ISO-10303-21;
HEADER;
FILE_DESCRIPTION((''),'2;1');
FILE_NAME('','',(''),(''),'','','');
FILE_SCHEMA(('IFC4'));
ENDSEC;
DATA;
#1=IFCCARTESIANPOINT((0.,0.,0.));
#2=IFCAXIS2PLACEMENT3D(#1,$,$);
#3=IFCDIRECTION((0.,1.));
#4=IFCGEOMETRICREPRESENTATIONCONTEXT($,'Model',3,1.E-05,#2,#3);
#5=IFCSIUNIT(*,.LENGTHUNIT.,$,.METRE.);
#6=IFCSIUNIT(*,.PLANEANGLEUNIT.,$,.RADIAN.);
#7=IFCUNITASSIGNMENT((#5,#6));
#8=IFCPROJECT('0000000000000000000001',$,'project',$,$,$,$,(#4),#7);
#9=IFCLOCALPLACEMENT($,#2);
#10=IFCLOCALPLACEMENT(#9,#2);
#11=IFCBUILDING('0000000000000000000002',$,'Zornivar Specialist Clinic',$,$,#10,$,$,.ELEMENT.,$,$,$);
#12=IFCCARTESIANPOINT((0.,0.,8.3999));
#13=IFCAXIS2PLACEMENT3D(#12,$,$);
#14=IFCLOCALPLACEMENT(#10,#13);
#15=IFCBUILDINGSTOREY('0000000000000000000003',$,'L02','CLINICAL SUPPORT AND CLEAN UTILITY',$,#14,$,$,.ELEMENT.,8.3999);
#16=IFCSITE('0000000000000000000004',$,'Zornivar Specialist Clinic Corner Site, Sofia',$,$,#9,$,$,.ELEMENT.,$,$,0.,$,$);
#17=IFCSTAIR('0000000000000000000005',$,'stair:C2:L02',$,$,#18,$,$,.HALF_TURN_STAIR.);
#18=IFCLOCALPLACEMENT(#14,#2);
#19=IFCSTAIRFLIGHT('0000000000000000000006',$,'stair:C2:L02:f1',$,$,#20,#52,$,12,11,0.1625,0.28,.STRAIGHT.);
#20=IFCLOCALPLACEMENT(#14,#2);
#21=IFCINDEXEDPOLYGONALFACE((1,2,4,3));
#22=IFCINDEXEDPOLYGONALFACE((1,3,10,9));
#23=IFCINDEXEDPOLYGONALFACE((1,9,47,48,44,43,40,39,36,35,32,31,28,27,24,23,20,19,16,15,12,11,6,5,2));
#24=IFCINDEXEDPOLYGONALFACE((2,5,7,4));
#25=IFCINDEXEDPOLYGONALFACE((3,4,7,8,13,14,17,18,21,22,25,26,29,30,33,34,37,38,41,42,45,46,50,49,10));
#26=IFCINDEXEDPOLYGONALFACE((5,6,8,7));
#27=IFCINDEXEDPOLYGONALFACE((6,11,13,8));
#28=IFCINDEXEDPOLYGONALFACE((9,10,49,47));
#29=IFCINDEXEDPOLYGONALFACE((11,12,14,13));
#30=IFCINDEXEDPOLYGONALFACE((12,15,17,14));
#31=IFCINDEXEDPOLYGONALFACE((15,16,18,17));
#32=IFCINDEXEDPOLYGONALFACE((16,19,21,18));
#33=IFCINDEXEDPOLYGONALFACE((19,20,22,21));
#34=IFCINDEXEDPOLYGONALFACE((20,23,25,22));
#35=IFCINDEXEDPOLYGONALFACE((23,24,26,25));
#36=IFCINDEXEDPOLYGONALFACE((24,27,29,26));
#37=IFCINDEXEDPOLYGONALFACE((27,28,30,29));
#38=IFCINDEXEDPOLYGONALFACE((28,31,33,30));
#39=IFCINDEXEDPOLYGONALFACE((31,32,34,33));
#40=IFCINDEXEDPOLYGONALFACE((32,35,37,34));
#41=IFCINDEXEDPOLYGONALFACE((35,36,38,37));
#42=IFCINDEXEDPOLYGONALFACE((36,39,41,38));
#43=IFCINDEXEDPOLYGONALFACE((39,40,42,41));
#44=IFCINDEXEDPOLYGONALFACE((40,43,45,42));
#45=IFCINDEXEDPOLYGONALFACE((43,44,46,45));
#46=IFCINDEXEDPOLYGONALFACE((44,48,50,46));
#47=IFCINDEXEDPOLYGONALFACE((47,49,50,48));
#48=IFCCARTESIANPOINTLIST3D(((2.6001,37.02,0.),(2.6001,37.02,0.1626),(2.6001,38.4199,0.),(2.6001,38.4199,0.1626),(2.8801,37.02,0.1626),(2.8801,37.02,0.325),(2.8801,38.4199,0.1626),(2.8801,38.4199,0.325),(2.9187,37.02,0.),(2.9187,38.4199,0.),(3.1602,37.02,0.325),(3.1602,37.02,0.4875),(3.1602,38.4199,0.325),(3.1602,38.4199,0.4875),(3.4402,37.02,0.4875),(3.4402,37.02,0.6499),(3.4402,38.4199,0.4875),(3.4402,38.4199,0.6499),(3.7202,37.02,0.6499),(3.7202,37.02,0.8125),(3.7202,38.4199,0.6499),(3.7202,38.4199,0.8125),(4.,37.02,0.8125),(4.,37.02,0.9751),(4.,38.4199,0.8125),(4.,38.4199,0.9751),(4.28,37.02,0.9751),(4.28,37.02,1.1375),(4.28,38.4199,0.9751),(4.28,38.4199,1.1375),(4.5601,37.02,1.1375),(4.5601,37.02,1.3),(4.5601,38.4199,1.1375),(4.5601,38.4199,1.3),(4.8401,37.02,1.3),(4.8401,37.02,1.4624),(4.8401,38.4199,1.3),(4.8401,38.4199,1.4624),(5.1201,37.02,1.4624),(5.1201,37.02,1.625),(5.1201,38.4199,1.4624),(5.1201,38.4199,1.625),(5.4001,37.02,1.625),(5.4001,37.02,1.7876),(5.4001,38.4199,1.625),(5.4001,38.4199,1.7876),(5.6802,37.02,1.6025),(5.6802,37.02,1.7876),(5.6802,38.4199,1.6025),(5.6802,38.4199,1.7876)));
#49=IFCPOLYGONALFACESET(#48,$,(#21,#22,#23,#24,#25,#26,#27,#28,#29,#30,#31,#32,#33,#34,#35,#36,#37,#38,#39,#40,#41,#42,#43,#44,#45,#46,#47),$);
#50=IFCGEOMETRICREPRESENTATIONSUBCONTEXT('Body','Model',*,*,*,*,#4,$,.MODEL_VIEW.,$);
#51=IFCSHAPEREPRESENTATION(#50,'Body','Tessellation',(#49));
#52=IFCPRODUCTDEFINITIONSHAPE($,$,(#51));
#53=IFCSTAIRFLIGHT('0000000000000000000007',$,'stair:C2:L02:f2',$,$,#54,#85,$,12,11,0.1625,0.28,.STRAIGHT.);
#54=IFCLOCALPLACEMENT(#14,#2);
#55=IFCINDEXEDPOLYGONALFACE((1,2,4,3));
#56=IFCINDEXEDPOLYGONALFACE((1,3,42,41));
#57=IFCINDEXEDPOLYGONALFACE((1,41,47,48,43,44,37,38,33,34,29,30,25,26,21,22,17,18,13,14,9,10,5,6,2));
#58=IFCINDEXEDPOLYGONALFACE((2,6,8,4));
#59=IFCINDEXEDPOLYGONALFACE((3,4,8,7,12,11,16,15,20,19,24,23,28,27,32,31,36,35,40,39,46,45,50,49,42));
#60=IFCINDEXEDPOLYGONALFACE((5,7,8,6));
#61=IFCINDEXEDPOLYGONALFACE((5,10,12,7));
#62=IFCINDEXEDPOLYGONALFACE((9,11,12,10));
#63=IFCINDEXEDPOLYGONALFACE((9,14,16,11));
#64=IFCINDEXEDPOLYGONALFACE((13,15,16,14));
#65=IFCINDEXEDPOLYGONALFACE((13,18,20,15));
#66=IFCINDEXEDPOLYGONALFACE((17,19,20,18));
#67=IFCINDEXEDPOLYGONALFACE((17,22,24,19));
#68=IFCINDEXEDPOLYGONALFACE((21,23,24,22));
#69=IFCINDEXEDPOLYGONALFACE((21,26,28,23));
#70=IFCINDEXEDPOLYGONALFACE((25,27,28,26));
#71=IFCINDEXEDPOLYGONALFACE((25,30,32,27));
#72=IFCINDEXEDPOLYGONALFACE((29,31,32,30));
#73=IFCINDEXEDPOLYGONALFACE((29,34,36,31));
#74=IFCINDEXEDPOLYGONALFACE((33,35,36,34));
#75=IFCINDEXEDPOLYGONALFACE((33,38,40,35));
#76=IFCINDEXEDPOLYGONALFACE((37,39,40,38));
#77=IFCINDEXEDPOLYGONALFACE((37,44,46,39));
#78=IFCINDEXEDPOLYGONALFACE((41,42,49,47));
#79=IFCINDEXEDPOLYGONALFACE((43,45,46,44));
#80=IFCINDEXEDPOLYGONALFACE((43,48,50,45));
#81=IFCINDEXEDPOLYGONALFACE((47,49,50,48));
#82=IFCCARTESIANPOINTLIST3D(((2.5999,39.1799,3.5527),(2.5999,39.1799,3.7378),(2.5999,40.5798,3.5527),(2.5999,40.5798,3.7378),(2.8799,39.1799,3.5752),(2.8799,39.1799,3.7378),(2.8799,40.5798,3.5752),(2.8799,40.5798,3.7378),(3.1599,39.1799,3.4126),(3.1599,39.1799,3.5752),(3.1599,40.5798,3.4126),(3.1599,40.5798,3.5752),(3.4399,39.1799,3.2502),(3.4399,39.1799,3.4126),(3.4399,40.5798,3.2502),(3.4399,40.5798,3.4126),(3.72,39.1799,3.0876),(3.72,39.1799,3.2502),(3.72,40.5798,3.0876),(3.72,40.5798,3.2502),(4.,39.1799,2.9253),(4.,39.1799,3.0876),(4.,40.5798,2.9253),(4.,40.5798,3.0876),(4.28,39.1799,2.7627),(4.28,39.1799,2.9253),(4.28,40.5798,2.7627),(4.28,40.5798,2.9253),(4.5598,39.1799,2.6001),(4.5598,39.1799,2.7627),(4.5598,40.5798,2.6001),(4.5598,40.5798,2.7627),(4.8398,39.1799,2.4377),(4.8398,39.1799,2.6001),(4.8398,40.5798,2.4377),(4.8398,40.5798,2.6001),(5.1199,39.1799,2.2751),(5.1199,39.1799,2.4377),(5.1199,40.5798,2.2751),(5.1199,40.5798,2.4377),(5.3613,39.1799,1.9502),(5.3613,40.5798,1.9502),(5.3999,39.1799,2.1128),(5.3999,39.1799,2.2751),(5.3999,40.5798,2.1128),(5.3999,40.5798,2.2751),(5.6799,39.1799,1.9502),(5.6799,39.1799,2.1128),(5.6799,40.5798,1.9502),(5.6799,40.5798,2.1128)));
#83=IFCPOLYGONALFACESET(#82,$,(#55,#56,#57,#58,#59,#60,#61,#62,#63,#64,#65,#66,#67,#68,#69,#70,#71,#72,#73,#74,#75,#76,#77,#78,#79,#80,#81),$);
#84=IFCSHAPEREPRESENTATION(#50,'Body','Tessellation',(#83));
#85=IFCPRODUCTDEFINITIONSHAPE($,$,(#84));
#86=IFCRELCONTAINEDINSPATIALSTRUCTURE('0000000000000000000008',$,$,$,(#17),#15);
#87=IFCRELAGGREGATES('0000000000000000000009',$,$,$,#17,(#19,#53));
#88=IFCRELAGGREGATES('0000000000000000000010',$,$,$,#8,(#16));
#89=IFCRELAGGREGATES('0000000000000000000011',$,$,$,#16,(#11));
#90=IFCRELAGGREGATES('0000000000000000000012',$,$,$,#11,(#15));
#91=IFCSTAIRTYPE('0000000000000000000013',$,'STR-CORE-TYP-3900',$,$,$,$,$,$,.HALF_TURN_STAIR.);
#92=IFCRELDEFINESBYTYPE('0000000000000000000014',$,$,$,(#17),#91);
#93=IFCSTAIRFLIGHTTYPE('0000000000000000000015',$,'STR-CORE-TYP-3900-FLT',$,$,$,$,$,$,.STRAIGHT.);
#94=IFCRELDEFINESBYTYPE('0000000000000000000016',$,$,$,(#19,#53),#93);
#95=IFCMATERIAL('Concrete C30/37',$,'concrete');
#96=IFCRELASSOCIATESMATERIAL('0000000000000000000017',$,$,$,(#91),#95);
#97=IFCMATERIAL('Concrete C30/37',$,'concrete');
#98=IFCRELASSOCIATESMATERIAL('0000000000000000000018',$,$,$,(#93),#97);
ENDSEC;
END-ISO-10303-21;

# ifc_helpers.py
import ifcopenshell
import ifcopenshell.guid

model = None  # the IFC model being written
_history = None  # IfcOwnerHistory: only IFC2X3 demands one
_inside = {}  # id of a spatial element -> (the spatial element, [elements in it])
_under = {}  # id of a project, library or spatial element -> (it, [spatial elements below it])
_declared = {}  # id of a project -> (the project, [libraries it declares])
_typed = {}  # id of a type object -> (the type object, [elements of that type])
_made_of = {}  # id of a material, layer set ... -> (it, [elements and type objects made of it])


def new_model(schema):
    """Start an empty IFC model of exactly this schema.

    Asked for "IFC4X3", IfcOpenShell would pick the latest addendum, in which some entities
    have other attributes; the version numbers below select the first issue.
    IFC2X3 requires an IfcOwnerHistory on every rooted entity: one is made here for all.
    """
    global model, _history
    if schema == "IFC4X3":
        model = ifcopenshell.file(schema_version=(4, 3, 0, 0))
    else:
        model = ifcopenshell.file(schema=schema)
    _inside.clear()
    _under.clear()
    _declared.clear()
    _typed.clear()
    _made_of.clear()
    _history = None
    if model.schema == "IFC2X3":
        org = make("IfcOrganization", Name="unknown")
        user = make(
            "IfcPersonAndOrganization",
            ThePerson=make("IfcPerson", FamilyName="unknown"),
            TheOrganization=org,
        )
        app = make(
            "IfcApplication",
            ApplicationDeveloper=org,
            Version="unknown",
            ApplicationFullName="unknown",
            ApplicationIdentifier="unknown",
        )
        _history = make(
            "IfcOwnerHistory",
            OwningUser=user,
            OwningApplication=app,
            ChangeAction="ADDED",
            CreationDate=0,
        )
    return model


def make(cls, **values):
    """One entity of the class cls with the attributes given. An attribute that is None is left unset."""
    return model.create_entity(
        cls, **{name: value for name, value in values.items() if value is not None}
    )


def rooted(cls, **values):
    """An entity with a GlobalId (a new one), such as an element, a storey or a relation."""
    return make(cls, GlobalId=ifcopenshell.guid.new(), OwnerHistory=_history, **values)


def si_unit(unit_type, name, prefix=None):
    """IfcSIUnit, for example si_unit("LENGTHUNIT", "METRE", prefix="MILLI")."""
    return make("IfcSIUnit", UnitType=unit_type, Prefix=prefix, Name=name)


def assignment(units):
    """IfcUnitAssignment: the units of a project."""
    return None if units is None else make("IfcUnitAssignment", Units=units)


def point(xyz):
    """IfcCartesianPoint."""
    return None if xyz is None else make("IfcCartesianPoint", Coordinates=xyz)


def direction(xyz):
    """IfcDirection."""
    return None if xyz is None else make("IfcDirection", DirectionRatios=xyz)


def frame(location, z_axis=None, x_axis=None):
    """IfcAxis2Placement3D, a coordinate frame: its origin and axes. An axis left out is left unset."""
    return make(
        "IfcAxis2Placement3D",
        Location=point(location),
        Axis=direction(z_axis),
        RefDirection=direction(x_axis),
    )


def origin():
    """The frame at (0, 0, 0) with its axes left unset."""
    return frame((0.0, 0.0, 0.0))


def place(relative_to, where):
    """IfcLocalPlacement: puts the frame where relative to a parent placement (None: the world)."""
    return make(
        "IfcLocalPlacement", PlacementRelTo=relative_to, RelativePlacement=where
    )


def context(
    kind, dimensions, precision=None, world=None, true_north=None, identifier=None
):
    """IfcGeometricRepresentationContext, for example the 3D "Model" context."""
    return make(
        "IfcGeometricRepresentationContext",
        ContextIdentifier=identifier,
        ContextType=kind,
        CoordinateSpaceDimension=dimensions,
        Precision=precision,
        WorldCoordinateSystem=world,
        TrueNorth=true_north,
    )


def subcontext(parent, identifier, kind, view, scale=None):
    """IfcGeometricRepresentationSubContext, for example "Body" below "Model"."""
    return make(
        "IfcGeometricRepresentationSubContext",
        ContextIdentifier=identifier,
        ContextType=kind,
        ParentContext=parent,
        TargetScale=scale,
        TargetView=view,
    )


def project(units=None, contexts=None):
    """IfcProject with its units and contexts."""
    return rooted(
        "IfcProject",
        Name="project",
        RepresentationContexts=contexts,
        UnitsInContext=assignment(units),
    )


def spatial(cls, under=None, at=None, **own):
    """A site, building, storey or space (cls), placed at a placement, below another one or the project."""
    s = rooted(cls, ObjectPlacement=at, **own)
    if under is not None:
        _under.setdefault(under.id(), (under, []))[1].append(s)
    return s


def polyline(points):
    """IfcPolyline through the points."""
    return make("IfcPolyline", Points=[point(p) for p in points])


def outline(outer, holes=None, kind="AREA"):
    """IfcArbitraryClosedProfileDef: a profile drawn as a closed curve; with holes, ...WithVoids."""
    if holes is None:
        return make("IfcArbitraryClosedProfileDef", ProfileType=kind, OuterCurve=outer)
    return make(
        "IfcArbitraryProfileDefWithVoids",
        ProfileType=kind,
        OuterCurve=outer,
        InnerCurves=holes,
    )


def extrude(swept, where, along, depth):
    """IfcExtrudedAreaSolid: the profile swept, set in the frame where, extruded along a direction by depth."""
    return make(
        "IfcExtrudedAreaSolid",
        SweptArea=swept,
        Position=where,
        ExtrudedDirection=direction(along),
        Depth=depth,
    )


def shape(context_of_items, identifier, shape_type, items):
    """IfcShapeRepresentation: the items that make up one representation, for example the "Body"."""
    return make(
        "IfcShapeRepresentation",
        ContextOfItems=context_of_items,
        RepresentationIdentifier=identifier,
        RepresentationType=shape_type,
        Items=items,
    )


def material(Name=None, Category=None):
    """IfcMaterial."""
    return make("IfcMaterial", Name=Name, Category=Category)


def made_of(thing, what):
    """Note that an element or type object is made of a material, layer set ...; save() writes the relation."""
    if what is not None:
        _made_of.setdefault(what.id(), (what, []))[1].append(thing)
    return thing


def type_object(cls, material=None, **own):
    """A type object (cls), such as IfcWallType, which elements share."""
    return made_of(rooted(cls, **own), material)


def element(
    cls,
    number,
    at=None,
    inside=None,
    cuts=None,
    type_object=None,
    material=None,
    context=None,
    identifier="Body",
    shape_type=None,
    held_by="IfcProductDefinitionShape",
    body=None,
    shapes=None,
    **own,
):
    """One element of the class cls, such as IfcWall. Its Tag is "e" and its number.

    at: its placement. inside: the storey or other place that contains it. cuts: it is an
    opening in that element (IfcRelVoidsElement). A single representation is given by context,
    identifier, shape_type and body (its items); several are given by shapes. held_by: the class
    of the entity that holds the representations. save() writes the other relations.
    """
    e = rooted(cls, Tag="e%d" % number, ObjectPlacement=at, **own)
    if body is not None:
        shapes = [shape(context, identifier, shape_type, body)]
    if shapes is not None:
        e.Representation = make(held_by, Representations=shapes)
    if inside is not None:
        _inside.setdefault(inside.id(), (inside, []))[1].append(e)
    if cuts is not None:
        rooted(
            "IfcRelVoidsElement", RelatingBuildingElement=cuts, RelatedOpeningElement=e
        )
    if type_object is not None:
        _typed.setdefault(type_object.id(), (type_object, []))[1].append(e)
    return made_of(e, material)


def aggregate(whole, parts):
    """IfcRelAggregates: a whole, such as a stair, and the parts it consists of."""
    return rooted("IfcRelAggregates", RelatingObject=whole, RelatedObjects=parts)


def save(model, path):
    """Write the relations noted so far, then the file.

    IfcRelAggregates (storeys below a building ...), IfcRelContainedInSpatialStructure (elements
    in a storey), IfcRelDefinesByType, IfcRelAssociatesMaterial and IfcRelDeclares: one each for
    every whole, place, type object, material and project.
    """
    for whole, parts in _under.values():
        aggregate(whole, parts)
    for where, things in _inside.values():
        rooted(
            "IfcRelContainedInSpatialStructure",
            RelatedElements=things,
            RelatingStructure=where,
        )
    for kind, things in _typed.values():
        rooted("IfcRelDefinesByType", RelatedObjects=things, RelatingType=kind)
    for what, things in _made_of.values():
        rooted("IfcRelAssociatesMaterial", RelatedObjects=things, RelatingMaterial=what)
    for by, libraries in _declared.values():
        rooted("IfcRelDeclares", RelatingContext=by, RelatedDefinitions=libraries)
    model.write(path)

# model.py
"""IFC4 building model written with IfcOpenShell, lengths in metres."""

from ifc_helpers import new_model, si_unit, direction, frame, origin, place, context, subcontext, project, spatial, polyline, outline, extrude, material, type_object, element, aggregate, save


model = new_model("IFC4")

# Units and contexts
model_context = context("Model", 3, precision=1e-05, world=origin(), true_north=direction((0.0, 1.0)))
body_context = subcontext(model_context, "Body", "Model", "MODEL_VIEW")
ifc_project = project(units=[si_unit("LENGTHUNIT", "METRE"), si_unit("PLANEANGLEUNIT", "RADIAN")], contexts=[model_context])

# Site, building, storey
site_placement = place(None, origin())
site = spatial("IfcSite", under=ifc_project, at=site_placement, Name="Zornivar Specialist Clinic Corner Site, Sofia", CompositionType="ELEMENT", RefElevation=0.0)
building_placement = place(site_placement, origin())
building = spatial("IfcBuilding", under=site, at=building_placement, Name="Zornivar Specialist Clinic", CompositionType="ELEMENT")
storey_placement = place(building_placement, frame((0.0, 0.0, 8.3999)))
storey = spatial("IfcBuildingStorey", under=building, at=storey_placement, Name="L02", Description="CLINICAL SUPPORT AND CLEAN UTILITY", CompositionType="ELEMENT", Elevation=8.3999)

# Stair, stair flights
ifc_material_1 = material(Name="Concrete C30/37", Category="concrete")
stair_type = type_object("IfcStairType", Name="STR-CORE-TYP-3900", PredefinedType="HALF_TURN_STAIR", material=ifc_material_1)
stair_placement = place(storey_placement, origin())
stair = element("IfcStair", 1, at=stair_placement, inside=storey, type_object=stair_type, Name="stair:C2:L02", PredefinedType="HALF_TURN_STAIR")
ifc_material_2 = material(Name="Concrete C30/37", Category="concrete")
stair_flight_type = type_object("IfcStairFlightType", Name="STR-CORE-TYP-3900-FLT", PredefinedType="STRAIGHT", material=ifc_material_2)
stair_flight_1_placement = place(storey_placement, frame((2.6001, 37.72, 0.0), z_axis=(0.0, 0.0, 1.0), x_axis=(1.0, 0.0, 0.0)))
stair_flight_1 = element("IfcStairFlight", 2, at=stair_flight_1_placement, type_object=stair_flight_type, Name="stair:C2:L02:f1", NumberOfRisers=12, NumberOfTreads=11, PredefinedType="STRAIGHT", RiserHeight=0.1625, TreadLength=0.28, context=body_context, shape_type="SweptSolid", body=[
    extrude(outline(polyline([(0.0, 0.0), (0.0, 0.1626), (0.28, 0.1626), (0.28, 0.325), (0.5601, 0.325), (0.5601, 0.4875), (0.8401, 0.4875), (0.8401, 0.6499), (1.1201, 0.6499), (1.1201, 0.8125), (1.3999, 0.8125), (1.3999, 0.9751), (1.6799, 0.9751), (1.6799, 1.1375), (1.96, 1.1375), (1.96, 1.3), (2.24, 1.3), (2.24, 1.4624), (2.52, 1.4624), (2.52, 1.625), (2.8, 1.625), (2.8, 1.7876), (3.0801, 1.7876), (3.0801, 1.95), (3.0801, 1.6025), (0.3186, 0.0), (0.0, 0.0)])), frame((0.0, 0.7, 0.0), z_axis=(0.0, -1.0, 0.0), x_axis=(1.0, 0.0, 0.0)), (0.0, 0.0, 1.0), 1.3999),
])
stair_flight_2_placement = place(storey_placement, frame((5.6799, 39.8799, 1.9502), z_axis=(0.0, 0.0, 1.0), x_axis=(-1.0, 0.0, 0.0)))
stair_flight_2 = element("IfcStairFlight", 3, at=stair_flight_2_placement, type_object=stair_flight_type, Name="stair:C2:L02:f2", NumberOfRisers=12, NumberOfTreads=11, PredefinedType="STRAIGHT", RiserHeight=0.1625, TreadLength=0.28, context=body_context, shape_type="SweptSolid", body=[
    extrude(outline(polyline([(0.0, 0.0), (0.0, 0.1626), (0.28, 0.1626), (0.28, 0.325), (0.5601, 0.325), (0.5601, 0.4875), (0.8401, 0.4875), (0.8401, 0.6499), (1.1201, 0.6499), (1.1201, 0.8125), (1.3999, 0.8125), (1.3999, 0.9751), (1.6799, 0.9751), (1.6799, 1.1375), (1.96, 1.1375), (1.96, 1.3), (2.24, 1.3), (2.24, 1.4624), (2.52, 1.4624), (2.52, 1.625), (2.8, 1.625), (2.8, 1.7876), (3.0801, 1.7876), (3.0801, 1.95), (3.0801, 1.6025), (0.3186, 0.0), (0.0, 0.0)])), frame((0.0, 0.7, 0.0), z_axis=(0.0, -1.0, 0.0), x_axis=(1.0, 0.0, 0.0)), (0.0, 0.0, 1.0), 1.3999),
])
aggregate(stair, [stair_flight_1, stair_flight_2])

save(model, "model.ifc")
